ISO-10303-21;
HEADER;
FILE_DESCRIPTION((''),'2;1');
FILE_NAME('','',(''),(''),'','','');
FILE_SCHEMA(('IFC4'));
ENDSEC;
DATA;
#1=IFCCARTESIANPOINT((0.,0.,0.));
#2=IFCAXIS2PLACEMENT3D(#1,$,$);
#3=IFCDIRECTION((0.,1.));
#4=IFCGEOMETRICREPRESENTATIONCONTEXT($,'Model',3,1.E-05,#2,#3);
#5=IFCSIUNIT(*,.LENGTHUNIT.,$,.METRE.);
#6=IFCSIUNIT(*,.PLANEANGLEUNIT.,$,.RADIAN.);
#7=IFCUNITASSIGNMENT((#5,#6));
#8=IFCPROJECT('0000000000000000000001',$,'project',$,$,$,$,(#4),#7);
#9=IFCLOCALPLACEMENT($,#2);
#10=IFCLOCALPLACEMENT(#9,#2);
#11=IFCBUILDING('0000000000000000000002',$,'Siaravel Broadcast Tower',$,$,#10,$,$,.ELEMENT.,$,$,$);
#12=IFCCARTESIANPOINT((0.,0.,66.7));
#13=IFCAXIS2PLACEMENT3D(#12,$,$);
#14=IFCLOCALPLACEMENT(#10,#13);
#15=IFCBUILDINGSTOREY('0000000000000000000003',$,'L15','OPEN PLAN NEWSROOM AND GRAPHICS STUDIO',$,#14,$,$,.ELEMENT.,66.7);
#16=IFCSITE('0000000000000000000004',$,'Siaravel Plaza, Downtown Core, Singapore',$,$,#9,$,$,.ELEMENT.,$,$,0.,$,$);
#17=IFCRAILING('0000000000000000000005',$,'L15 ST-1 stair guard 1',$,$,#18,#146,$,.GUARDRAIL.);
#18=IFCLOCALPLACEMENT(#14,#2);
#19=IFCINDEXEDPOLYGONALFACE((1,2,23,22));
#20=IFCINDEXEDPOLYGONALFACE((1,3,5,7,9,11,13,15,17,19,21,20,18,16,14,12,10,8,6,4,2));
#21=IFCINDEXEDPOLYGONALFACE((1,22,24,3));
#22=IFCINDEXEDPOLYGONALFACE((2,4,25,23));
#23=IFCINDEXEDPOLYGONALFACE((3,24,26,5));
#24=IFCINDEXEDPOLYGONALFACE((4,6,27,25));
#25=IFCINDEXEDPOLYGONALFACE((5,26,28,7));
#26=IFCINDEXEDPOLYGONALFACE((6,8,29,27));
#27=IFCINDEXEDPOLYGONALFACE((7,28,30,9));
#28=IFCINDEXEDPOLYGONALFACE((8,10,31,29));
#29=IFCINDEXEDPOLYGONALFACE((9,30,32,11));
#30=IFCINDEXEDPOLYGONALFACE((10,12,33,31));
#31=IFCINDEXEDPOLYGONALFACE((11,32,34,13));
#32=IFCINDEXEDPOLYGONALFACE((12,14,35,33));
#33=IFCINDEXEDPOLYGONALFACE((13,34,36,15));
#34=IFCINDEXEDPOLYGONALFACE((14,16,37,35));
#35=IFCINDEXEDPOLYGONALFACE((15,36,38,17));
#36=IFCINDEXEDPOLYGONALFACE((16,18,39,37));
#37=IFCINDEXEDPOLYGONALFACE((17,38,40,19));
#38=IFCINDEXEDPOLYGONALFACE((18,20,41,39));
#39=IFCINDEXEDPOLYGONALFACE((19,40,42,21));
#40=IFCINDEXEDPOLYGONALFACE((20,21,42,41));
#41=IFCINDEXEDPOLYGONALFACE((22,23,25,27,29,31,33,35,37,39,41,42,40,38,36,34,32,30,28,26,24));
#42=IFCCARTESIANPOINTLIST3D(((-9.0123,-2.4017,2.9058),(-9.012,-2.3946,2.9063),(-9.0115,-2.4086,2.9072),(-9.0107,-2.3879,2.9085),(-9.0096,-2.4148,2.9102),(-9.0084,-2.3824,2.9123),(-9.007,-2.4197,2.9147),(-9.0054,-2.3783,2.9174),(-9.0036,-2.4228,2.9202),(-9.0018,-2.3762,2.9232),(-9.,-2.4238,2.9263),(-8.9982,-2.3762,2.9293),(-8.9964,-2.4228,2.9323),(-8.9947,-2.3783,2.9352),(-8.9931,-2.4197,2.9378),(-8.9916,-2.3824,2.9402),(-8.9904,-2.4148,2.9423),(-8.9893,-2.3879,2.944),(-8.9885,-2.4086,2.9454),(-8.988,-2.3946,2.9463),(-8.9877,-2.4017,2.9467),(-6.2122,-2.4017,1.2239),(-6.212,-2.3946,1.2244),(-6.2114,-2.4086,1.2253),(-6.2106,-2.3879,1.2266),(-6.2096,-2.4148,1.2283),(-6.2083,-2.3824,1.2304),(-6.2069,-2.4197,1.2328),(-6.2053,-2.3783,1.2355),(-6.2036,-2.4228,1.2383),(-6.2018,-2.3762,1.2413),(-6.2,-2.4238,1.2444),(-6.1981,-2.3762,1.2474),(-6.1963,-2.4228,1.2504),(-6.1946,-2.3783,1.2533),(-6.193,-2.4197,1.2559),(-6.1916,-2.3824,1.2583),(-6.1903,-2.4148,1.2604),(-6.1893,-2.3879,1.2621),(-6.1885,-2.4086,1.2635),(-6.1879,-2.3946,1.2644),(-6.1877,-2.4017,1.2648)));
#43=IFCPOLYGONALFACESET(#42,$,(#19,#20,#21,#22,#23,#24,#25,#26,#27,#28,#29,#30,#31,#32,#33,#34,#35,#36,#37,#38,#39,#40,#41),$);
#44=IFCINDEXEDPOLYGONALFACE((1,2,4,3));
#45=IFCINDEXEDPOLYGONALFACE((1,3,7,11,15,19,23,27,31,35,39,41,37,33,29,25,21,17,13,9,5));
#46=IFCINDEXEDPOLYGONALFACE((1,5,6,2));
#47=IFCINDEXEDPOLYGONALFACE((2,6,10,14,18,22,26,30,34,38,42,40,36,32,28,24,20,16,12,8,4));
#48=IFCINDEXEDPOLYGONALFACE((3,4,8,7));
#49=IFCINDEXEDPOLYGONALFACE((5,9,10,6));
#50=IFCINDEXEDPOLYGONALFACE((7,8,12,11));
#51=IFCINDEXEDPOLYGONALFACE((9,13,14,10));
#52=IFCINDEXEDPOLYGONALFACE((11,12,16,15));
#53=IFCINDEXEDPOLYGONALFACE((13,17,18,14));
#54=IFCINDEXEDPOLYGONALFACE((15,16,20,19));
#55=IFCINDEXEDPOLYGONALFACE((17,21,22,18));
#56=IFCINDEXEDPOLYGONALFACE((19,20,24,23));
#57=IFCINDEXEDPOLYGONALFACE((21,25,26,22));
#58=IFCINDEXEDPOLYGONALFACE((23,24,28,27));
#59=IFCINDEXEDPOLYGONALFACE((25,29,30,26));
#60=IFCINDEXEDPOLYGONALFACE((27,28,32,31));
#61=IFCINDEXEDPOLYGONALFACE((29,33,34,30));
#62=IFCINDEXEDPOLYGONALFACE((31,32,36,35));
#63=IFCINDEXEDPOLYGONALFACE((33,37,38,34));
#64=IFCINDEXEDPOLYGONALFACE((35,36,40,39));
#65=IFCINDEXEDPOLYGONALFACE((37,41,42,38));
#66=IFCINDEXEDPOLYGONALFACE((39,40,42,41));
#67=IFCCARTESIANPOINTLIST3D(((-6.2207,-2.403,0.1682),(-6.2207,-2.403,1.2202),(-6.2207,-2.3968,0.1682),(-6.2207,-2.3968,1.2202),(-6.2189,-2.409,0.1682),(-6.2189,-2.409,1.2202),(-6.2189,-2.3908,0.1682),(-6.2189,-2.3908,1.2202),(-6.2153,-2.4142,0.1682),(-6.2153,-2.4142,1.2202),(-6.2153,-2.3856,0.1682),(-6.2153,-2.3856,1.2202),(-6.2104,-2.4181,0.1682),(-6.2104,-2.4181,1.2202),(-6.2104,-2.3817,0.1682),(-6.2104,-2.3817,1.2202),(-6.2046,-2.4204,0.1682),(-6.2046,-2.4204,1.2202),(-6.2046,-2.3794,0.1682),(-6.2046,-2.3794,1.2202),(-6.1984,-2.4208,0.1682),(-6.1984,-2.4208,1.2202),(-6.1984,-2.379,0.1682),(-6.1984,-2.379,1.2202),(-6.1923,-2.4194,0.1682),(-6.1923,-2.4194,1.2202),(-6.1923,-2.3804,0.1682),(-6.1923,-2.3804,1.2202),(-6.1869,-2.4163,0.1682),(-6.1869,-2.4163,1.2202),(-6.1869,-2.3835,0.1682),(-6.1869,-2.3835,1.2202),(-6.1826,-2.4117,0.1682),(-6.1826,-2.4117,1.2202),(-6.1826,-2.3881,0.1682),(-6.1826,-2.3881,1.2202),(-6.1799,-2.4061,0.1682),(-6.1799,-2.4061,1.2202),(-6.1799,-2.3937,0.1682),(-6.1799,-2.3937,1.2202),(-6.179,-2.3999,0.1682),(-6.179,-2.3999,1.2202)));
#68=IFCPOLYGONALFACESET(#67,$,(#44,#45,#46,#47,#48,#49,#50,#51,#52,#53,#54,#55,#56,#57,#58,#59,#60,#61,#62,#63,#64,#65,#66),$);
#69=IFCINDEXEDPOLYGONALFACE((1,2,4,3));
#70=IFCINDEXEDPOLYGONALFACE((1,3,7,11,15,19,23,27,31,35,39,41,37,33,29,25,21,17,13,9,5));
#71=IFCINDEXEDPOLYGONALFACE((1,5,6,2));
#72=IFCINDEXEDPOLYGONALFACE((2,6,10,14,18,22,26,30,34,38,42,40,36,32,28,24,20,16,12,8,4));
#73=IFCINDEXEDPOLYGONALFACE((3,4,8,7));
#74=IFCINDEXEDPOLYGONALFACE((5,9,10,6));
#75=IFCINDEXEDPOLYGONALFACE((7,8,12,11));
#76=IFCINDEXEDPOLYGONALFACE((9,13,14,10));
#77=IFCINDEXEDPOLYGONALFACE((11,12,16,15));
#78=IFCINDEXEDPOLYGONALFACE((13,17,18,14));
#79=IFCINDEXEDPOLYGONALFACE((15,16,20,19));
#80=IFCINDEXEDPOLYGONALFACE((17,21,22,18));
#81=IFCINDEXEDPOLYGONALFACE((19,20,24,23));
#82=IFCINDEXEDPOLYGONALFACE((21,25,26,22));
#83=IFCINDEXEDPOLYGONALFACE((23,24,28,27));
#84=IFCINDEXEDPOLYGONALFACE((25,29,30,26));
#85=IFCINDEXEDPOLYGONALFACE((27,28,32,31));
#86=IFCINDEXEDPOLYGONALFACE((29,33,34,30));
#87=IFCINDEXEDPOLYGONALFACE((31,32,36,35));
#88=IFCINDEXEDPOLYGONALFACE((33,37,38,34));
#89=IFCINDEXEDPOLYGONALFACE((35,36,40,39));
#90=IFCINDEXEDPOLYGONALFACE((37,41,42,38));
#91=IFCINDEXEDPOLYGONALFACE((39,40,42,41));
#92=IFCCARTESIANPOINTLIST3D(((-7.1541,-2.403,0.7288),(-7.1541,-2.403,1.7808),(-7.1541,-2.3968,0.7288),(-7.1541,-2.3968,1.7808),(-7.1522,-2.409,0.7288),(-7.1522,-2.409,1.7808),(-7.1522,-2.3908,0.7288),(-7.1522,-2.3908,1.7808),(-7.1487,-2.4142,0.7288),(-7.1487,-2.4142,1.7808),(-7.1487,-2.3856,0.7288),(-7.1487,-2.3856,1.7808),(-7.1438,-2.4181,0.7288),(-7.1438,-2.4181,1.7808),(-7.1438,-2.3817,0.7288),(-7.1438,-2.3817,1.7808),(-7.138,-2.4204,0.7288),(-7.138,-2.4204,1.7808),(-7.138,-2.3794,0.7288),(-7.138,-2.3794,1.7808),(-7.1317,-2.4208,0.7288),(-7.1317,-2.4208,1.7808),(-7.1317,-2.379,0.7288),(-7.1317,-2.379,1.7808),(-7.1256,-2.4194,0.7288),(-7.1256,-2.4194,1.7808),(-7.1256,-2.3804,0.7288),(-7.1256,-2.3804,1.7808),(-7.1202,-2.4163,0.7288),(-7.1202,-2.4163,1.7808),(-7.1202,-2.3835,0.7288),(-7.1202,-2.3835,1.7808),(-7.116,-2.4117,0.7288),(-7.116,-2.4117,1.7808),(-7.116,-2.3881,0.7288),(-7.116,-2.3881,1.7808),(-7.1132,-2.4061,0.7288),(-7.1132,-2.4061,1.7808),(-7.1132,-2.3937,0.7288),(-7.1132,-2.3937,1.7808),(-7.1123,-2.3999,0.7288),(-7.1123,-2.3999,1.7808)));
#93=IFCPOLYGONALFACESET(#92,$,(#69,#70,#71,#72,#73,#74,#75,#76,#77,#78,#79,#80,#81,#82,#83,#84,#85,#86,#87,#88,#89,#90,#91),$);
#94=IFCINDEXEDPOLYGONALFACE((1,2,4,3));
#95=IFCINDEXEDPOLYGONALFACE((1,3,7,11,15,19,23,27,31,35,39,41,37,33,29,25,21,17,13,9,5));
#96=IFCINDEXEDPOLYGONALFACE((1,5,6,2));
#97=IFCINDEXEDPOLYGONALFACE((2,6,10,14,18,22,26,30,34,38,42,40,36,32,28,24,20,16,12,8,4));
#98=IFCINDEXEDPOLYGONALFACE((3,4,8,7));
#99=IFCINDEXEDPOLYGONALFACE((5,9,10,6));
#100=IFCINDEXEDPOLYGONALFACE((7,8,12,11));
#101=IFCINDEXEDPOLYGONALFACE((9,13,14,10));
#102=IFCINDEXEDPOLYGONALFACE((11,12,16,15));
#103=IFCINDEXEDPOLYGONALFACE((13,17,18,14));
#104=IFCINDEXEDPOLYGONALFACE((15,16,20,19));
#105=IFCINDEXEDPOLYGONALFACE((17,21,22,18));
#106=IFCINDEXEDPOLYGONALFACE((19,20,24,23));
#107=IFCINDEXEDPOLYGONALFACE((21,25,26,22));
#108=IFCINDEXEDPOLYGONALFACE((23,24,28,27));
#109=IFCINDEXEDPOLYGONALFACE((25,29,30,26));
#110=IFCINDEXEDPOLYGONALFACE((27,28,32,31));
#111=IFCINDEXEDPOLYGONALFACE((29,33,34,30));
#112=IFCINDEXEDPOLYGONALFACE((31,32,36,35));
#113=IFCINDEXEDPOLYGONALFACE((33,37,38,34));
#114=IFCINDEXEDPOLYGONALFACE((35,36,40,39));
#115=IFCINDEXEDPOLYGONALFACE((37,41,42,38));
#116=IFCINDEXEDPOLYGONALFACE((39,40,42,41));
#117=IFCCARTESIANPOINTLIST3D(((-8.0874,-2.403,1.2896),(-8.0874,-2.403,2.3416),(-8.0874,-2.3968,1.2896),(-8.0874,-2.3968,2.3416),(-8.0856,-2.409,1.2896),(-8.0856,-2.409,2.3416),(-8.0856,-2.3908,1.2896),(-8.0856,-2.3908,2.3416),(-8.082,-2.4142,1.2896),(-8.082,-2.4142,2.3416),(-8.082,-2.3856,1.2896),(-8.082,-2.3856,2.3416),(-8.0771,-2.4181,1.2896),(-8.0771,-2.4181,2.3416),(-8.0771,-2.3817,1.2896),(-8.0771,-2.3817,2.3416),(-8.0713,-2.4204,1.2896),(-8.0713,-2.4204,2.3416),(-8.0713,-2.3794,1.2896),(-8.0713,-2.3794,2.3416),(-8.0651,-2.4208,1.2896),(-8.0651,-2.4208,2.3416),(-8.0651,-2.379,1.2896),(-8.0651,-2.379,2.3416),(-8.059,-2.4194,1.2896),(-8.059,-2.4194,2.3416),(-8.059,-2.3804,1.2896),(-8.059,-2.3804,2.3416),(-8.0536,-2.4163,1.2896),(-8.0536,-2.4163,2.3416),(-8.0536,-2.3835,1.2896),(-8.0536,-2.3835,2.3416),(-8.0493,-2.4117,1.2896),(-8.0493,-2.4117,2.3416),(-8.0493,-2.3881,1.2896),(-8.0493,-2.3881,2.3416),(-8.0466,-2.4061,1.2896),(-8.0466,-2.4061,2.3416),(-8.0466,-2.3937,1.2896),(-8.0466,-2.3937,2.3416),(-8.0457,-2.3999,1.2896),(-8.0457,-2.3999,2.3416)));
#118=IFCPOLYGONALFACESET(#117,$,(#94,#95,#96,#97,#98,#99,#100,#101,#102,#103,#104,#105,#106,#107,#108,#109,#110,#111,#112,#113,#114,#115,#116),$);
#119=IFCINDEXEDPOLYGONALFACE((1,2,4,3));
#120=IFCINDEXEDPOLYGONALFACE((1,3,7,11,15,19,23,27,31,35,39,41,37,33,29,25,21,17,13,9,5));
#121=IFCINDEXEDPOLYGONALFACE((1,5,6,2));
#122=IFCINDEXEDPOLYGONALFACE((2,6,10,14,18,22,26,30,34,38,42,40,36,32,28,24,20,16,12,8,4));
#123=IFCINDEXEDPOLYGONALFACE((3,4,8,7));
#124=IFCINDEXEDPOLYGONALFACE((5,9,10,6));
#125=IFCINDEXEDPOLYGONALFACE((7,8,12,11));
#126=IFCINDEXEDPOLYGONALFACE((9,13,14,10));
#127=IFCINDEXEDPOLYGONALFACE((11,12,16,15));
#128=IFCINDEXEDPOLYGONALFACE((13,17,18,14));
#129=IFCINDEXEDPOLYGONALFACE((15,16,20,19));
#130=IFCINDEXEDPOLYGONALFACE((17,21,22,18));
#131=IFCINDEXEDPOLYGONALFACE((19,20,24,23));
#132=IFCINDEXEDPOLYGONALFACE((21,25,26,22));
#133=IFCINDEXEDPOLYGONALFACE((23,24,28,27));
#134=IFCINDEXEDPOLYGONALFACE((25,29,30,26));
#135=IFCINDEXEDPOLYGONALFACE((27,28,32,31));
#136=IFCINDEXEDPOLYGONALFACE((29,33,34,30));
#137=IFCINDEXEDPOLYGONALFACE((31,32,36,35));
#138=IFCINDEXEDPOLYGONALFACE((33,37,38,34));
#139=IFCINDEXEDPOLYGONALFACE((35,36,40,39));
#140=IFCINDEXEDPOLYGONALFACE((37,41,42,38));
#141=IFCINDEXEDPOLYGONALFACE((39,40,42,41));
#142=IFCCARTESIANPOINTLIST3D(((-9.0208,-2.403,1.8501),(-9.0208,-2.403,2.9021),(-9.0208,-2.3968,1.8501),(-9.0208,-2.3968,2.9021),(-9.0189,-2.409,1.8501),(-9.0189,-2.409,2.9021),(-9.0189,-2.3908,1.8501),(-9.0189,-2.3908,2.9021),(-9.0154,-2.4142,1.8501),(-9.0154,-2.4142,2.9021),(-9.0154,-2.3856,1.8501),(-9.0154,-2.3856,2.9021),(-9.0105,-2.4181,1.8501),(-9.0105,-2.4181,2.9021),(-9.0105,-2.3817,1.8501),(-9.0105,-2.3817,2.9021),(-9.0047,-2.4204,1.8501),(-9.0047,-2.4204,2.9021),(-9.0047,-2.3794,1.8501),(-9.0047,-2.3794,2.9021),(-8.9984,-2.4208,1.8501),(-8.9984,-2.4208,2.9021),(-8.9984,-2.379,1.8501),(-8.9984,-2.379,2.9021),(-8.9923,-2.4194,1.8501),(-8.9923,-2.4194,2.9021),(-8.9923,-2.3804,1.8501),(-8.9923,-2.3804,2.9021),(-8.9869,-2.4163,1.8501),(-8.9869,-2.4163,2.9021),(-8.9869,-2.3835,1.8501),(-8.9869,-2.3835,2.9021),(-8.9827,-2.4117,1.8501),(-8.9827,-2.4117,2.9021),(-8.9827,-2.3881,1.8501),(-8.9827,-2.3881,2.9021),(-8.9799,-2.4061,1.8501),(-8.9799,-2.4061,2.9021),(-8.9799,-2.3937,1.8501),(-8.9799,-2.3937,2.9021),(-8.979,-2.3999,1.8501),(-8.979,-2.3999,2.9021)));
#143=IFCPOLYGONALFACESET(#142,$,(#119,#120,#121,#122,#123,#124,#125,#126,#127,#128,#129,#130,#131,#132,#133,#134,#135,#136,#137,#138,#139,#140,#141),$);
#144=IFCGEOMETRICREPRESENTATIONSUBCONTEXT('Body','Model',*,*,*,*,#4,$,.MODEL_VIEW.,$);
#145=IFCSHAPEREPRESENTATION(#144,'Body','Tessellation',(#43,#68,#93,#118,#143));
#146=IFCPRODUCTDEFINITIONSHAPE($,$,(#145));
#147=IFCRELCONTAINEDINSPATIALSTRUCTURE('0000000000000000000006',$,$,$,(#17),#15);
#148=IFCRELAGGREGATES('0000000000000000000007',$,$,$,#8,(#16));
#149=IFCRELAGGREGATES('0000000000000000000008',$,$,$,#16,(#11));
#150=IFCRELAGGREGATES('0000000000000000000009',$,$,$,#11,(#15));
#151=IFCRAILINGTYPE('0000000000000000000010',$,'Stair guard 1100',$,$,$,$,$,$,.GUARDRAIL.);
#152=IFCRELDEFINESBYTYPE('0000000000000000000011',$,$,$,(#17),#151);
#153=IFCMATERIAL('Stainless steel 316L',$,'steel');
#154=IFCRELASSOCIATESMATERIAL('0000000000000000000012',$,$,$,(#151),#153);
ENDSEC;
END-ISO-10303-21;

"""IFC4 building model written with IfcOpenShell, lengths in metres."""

from ifc_helpers import new_model, si_unit, direction, frame, origin, origin_2d, place, context, subcontext, project, spatial, circle, extrude, material, type_object, element, save


model = new_model("IFC4")

# Units and contexts
model_context = context("Model", 3, precision=1e-05, world=origin(), true_north=direction((0.0, 1.0)))
body_context = subcontext(model_context, "Body", "Model", "MODEL_VIEW")
ifc_project = project(units=[si_unit("LENGTHUNIT", "METRE"), si_unit("PLANEANGLEUNIT", "RADIAN")], contexts=[model_context])

# Site, building, storey
site_placement = place(None, origin())
site = spatial("IfcSite", under=ifc_project, at=site_placement, Name="Siaravel Plaza, Downtown Core, Singapore", CompositionType="ELEMENT", RefElevation=0.0)
building_placement = place(site_placement, origin())
building = spatial("IfcBuilding", under=site, at=building_placement, Name="Siaravel Broadcast Tower", CompositionType="ELEMENT")
storey_placement = place(building_placement, frame((0.0, 0.0, 66.7)))
storey = spatial("IfcBuildingStorey", under=building, at=storey_placement, Name="L15", Description="OPEN PLAN NEWSROOM AND GRAPHICS STUDIO", CompositionType="ELEMENT", Elevation=66.7)

# Railing
ifc_material_1 = material(Name="Stainless steel 316L", Category="steel")
railing_type_1 = type_object("IfcRailingType", Name="Stair guard 1100", PredefinedType="GUARDRAIL", material=ifc_material_1)
railing_1_placement = place(storey_placement, frame((-6.2, -2.3999, 0.1682)))
element("IfcRailing", 1, at=railing_1_placement, inside=storey, type_object=railing_type_1, Name="L15 ST-1 stair guard 1", PredefinedType="GUARDRAIL", context=body_context, shape_type="SweptSolid", body=[
    extrude(circle(Radius=0.0239, at=origin_2d()), frame((0.0, 0.0, 1.0762), z_axis=(-0.857242, 0.0, 0.514913), x_axis=(0.0, -1.0, 0.0)), (0.0, 0.0, 1.0), 3.2664),
    extrude(circle(Radius=0.021, at=origin_2d()), origin(), (0.0, 0.0, 1.0), 1.052),
    extrude(circle(Radius=0.021, at=origin_2d()), frame((-0.9333, 0.0, 0.5605)), (0.0, 0.0, 1.0), 1.052),
    extrude(circle(Radius=0.021, at=origin_2d()), frame((-1.8667, 0.0, 1.1213)), (0.0, 0.0, 1.0), 1.052),
    extrude(circle(Radius=0.021, at=origin_2d()), frame((-2.8, 0.0, 1.6819)), (0.0, 0.0, 1.0), 1.052),
])

save(model, "model.ifc")
